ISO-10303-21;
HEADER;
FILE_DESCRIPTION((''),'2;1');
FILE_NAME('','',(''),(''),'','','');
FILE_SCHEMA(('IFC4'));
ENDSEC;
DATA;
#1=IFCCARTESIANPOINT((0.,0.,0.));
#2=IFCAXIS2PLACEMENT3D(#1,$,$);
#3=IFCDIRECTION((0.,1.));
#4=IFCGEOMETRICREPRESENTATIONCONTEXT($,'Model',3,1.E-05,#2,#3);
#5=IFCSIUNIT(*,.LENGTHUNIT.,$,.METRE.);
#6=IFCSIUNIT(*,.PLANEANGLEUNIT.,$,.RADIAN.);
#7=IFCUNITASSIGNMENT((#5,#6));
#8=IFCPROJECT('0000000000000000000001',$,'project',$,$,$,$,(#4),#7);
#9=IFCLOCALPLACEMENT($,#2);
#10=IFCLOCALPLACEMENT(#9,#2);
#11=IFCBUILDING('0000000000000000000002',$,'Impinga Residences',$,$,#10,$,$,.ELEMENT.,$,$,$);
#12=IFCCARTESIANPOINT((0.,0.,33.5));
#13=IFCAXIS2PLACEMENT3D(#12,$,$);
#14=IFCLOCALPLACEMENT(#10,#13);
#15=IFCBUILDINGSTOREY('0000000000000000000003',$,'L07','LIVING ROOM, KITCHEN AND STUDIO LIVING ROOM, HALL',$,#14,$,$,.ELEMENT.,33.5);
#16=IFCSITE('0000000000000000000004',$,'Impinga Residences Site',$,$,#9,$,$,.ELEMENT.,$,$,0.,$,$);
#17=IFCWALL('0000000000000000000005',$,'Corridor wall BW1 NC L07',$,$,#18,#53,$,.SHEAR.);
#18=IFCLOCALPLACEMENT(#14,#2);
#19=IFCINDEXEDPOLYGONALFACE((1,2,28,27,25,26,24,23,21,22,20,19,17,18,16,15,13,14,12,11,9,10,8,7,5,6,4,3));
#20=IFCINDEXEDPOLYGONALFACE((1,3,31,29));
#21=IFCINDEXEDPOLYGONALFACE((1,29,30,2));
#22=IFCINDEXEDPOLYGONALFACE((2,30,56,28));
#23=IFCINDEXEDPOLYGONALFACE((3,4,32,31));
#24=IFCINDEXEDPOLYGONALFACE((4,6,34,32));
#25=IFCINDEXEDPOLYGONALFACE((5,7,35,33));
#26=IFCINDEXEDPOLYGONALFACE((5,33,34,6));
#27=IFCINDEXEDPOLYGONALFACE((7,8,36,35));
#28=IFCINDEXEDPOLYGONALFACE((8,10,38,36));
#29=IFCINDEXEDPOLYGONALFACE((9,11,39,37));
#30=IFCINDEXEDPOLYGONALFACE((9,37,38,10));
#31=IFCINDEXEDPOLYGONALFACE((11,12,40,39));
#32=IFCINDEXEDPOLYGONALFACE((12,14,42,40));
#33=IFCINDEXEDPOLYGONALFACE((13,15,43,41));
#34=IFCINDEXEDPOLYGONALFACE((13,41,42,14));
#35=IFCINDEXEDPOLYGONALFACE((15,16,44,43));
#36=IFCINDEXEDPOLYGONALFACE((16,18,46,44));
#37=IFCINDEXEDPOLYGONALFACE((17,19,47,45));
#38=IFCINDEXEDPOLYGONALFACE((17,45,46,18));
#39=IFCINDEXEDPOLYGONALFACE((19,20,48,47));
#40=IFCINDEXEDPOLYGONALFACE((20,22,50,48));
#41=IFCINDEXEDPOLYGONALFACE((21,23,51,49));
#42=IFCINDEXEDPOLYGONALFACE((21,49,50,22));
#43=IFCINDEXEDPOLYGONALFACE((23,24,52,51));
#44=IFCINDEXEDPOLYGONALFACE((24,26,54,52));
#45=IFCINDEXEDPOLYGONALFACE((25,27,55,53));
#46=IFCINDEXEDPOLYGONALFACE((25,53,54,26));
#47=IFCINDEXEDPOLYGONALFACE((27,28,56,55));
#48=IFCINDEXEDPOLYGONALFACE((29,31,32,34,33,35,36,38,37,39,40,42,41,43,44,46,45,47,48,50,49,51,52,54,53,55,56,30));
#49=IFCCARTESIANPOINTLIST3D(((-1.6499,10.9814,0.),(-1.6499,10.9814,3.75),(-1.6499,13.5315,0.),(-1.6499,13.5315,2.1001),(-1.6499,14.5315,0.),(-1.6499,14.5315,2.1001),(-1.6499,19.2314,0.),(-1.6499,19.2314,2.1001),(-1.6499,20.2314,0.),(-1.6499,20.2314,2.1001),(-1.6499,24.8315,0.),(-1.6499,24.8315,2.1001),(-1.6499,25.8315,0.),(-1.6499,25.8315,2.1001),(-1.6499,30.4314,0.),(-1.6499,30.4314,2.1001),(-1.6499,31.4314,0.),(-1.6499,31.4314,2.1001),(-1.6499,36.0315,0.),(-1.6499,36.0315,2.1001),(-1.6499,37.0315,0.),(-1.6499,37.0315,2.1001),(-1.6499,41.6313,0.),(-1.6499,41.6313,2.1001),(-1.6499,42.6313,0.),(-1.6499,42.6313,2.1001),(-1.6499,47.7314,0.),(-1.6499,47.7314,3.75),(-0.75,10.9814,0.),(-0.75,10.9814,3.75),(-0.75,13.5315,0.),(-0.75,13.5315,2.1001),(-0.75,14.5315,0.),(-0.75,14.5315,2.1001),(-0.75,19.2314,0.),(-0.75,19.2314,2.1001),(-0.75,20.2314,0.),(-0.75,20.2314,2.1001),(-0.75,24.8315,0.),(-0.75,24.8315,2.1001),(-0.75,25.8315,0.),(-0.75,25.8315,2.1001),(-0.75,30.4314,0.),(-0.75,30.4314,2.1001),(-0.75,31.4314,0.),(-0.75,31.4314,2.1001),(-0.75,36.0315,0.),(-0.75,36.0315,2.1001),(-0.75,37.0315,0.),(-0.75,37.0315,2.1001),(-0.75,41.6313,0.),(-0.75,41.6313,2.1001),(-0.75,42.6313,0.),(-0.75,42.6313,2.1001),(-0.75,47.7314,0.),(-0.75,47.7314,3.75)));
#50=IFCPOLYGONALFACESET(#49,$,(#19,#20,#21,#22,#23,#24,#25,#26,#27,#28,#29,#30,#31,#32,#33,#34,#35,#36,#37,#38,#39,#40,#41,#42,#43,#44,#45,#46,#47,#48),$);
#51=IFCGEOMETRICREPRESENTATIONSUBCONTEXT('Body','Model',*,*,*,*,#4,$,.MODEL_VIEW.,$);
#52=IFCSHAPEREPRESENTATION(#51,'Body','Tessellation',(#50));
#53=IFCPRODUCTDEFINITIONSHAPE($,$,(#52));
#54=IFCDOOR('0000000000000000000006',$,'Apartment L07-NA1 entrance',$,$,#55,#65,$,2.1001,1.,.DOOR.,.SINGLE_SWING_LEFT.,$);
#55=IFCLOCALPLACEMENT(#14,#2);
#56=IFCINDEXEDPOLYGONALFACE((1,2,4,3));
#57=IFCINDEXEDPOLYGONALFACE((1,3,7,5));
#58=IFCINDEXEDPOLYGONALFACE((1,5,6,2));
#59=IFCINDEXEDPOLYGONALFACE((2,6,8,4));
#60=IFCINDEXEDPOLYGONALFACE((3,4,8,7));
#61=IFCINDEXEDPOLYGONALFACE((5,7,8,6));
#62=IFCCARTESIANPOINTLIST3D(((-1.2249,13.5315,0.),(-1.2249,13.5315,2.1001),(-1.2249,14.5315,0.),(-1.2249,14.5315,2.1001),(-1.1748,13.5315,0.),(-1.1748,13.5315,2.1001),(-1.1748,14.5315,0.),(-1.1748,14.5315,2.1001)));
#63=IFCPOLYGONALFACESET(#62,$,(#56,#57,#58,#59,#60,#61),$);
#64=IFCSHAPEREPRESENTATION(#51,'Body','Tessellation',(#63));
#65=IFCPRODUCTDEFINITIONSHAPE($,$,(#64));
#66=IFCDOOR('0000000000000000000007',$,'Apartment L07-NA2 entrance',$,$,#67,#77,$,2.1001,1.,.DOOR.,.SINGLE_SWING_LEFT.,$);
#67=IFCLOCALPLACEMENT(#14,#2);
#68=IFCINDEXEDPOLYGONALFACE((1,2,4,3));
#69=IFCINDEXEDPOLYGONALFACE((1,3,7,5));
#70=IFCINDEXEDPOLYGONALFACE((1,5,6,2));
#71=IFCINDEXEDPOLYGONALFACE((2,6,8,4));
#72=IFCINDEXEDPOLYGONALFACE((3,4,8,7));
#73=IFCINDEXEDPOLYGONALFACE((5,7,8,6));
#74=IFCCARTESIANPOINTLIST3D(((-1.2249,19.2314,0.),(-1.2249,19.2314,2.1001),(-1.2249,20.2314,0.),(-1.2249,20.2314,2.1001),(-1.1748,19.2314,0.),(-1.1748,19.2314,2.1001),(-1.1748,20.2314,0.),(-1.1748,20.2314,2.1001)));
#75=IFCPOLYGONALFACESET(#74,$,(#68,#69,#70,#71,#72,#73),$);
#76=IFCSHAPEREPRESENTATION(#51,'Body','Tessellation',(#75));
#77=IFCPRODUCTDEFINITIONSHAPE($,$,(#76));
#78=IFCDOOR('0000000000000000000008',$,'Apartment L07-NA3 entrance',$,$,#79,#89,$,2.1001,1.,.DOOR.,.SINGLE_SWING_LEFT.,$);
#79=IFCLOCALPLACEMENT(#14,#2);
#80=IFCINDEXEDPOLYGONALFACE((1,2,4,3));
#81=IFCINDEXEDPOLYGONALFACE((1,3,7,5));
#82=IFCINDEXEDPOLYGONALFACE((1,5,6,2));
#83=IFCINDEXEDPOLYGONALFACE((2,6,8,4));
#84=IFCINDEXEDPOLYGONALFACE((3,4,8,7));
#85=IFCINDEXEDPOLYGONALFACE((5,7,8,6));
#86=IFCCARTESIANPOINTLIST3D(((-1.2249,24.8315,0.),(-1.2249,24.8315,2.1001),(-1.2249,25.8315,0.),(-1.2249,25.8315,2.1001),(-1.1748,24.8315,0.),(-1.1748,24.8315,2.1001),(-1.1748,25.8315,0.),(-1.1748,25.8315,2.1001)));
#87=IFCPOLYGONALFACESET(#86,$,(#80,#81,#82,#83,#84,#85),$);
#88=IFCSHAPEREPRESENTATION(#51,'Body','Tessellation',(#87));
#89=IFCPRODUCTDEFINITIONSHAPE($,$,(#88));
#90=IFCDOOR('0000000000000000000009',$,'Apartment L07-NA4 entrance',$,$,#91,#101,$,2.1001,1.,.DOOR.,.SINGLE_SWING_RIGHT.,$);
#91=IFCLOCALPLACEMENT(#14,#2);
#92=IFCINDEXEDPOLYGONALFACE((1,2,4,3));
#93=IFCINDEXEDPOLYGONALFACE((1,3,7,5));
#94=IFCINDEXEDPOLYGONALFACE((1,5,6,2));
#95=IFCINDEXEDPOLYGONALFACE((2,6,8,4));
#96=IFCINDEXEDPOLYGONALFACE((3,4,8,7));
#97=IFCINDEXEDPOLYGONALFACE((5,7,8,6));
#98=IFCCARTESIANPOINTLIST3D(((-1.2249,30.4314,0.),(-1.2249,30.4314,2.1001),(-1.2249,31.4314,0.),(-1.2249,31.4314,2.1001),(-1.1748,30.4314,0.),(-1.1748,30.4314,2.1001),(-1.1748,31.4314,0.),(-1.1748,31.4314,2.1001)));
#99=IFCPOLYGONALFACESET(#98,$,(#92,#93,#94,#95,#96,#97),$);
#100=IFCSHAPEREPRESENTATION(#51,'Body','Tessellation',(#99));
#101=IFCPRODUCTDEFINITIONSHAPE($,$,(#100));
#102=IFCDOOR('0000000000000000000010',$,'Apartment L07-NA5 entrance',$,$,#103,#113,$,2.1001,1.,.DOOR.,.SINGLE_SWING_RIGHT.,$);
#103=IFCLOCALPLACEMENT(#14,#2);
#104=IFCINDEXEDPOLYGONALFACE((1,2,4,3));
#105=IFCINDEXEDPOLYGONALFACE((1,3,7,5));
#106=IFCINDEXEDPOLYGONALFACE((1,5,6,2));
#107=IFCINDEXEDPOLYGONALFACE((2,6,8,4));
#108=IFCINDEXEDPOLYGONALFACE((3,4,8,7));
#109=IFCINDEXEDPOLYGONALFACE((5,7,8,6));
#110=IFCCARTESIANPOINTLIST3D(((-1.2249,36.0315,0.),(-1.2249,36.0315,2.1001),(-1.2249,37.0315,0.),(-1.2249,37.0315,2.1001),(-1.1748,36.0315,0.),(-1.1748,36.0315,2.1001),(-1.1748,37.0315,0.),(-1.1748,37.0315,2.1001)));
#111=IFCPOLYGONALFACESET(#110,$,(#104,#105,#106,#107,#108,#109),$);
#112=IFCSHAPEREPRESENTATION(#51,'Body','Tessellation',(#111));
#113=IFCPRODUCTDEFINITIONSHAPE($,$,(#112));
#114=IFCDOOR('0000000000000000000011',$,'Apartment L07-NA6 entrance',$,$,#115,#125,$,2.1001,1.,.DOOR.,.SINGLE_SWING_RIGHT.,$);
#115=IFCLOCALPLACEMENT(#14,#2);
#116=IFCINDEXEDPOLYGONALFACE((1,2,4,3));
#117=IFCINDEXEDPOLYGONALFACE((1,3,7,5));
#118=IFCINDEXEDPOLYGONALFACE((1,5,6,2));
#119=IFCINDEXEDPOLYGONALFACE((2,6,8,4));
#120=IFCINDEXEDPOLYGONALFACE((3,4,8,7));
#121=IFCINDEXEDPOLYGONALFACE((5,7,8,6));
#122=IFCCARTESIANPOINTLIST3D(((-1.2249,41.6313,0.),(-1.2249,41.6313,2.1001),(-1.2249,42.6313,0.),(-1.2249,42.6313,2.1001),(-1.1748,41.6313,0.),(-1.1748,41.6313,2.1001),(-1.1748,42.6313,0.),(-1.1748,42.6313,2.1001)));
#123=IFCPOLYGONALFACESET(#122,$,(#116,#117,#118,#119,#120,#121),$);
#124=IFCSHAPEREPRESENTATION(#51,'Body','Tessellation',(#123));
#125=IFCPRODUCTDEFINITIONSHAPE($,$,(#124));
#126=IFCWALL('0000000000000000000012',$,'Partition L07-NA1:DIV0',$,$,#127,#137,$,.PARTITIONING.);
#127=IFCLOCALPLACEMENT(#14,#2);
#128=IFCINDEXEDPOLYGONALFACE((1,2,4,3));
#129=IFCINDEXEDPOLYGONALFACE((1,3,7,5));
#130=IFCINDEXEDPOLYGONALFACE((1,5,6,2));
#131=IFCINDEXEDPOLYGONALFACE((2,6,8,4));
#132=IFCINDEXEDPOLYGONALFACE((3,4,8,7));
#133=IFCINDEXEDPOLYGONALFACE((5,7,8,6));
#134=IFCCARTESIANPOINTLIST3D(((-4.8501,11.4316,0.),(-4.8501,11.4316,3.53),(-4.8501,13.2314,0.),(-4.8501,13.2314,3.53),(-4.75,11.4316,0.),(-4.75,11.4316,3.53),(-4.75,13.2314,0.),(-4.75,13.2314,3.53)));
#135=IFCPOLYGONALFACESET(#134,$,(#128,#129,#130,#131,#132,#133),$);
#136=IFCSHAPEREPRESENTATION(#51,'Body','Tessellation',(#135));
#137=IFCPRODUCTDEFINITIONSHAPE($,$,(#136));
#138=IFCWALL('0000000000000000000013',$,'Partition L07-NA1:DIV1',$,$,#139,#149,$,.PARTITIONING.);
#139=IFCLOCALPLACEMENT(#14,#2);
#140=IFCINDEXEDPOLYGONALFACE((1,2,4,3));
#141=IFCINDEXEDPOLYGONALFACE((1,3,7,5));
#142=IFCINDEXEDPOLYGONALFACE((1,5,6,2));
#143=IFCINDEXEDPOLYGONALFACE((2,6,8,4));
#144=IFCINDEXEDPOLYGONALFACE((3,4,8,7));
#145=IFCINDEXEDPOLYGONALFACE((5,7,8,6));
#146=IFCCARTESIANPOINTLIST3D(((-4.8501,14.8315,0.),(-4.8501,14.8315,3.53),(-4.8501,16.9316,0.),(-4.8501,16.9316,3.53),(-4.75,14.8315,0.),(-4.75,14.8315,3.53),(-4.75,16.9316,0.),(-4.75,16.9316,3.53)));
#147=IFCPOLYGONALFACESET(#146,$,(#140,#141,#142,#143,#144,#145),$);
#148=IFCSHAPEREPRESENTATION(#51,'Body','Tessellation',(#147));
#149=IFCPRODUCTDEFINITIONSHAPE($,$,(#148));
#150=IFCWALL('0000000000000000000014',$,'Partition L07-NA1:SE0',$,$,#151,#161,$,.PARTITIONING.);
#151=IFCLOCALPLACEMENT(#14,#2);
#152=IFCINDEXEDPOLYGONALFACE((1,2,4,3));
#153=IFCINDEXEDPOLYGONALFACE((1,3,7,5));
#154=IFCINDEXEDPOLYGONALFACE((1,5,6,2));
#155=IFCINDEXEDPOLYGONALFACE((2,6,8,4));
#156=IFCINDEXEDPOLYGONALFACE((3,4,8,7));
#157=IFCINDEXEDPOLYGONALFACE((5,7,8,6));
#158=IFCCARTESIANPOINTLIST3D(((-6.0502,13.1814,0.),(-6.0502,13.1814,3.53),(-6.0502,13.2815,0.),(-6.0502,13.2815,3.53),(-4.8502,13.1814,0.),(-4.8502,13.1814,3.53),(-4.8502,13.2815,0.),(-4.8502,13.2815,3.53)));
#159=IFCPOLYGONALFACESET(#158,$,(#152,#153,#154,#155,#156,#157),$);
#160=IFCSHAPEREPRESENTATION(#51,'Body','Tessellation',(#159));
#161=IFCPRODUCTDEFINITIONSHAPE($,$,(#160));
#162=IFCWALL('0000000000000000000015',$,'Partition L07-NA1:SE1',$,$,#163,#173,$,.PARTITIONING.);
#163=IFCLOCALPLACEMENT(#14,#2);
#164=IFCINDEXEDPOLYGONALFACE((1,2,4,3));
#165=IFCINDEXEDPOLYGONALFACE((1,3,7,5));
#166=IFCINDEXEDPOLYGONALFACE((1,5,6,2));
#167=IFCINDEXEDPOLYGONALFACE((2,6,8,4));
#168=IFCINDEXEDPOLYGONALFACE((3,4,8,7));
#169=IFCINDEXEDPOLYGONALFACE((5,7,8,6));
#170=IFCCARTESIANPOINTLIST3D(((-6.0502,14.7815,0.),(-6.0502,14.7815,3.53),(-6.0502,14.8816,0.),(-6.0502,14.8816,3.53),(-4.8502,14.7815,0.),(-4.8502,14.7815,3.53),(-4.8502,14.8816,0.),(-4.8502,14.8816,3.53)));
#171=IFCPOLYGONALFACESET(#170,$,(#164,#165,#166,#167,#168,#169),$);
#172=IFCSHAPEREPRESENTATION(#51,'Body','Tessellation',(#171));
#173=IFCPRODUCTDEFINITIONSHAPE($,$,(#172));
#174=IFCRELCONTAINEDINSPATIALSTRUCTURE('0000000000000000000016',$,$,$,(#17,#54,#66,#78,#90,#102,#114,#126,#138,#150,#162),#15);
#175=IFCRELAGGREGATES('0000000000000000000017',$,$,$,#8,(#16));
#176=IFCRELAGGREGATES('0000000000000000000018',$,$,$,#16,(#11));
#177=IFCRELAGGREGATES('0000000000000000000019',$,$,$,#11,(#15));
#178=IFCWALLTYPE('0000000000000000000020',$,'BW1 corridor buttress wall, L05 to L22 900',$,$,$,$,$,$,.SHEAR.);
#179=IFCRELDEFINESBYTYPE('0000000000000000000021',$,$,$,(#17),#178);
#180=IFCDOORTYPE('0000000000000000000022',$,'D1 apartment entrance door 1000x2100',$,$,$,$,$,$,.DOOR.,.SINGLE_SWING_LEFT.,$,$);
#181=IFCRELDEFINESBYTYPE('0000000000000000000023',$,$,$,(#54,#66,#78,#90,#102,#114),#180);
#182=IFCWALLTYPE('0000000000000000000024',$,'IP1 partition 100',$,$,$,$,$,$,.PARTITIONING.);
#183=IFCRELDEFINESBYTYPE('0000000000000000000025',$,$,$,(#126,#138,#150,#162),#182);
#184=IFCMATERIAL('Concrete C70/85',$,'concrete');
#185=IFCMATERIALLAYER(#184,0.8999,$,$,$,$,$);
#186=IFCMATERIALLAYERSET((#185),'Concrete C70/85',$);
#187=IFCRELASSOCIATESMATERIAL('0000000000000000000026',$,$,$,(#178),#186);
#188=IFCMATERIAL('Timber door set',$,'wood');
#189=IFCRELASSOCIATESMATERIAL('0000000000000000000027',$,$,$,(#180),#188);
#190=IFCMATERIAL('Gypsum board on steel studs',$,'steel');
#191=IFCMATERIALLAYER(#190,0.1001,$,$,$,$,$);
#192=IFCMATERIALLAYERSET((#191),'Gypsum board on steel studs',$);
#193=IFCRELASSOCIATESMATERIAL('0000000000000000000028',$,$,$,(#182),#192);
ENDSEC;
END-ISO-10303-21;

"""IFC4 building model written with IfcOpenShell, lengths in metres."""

from ifc_helpers import new_model, si_unit, direction, frame, frame_2d, origin, place, context, subcontext, project, spatial, rectangle, extrude, material, layer, layer_set, type_object, element, fill, save


model = new_model("IFC4")

# Units and contexts
model_context = context("Model", 3, precision=1e-05, world=origin(), true_north=direction((0.0, 1.0)))
body_context = subcontext(model_context, "Body", "Model", "MODEL_VIEW")
ifc_project = project(units=[si_unit("LENGTHUNIT", "METRE"), si_unit("PLANEANGLEUNIT", "RADIAN")], contexts=[model_context])

# Site, building, storey
site_placement = place(None, origin())
site = spatial("IfcSite", under=ifc_project, at=site_placement, Name="Impinga Residences Site", CompositionType="ELEMENT", RefElevation=0.0)
building_placement = place(site_placement, origin())
building = spatial("IfcBuilding", under=site, at=building_placement, Name="Impinga Residences", CompositionType="ELEMENT")
storey_placement = place(building_placement, frame((0.0, 0.0, 33.5)))
storey = spatial("IfcBuildingStorey", under=building, at=storey_placement, Name="L07", Description="LIVING ROOM, KITCHEN AND STUDIO LIVING ROOM, HALL", CompositionType="ELEMENT", Elevation=33.5)

# Wall, openings, doors
ifc_material_1 = material(Name="Concrete C70/85", Category="concrete")
ifc_layer_1 = layer(ifc_material_1, 0.8999)
ifc_layer_set_1 = layer_set([ifc_layer_1], Name="Concrete C70/85")
wall_type_1 = type_object("IfcWallType", Name="BW1 corridor buttress wall, L05 to L22 900", PredefinedType="SHEAR", material=ifc_layer_set_1)
wall_1_placement = place(storey_placement, frame((-1.2, 10.9814, 0.0), z_axis=(0.0, 0.0, 1.0), x_axis=(0.0, 1.0, 0.0)))
wall_1 = element("IfcWall", 1, at=wall_1_placement, inside=storey, type_object=wall_type_1, Name="Corridor wall BW1 NC L07", PredefinedType="SHEAR", context=body_context, shape_type="SweptSolid", body=[
    extrude(rectangle(XDim=36.75, YDim=0.8999, at=frame_2d((18.375, 0.0))), origin(), (0.0, 0.0, 1.0), 3.75),
])
opening_1_placement = place(wall_1_placement, frame((2.55, 0.0, 0.0)))
opening_1 = element("IfcOpeningElement", 2, at=opening_1_placement, cuts=wall_1, PredefinedType="OPENING", context=body_context, shape_type="SweptSolid", body=[
    extrude(rectangle(XDim=1.0, YDim=2.1001, at=frame_2d((0.5, 1.05))), frame((0.0, 0.46, 0.0), z_axis=(0.0, -1.0, 0.0), x_axis=(1.0, 0.0, 0.0)), (0.0, 0.0, 1.0), 0.9199),
])
opening_2_placement = place(wall_1_placement, frame((8.25, 0.0, 0.0)))
opening_2 = element("IfcOpeningElement", 3, at=opening_2_placement, cuts=wall_1, PredefinedType="OPENING", context=body_context, shape_type="SweptSolid", body=[
    extrude(rectangle(XDim=1.0, YDim=2.1001, at=frame_2d((0.5, 1.05))), frame((0.0, 0.46, 0.0), z_axis=(0.0, -1.0, 0.0), x_axis=(1.0, 0.0, 0.0)), (0.0, 0.0, 1.0), 0.9199),
])
opening_3_placement = place(wall_1_placement, frame((13.8501, 0.0, 0.0)))
opening_3 = element("IfcOpeningElement", 4, at=opening_3_placement, cuts=wall_1, PredefinedType="OPENING", context=body_context, shape_type="SweptSolid", body=[
    extrude(rectangle(XDim=1.0, YDim=2.1001, at=frame_2d((0.5, 1.05))), frame((0.0, 0.46, 0.0), z_axis=(0.0, -1.0, 0.0), x_axis=(1.0, 0.0, 0.0)), (0.0, 0.0, 1.0), 0.9199),
])
opening_4_placement = place(wall_1_placement, frame((19.45, 0.0, 0.0)))
opening_4 = element("IfcOpeningElement", 5, at=opening_4_placement, cuts=wall_1, PredefinedType="OPENING", context=body_context, shape_type="SweptSolid", body=[
    extrude(rectangle(XDim=1.0, YDim=2.1001, at=frame_2d((0.5, 1.05))), frame((0.0, 0.46, 0.0), z_axis=(0.0, -1.0, 0.0), x_axis=(1.0, 0.0, 0.0)), (0.0, 0.0, 1.0), 0.9199),
])
opening_5_placement = place(wall_1_placement, frame((25.05, 0.0, 0.0)))
opening_5 = element("IfcOpeningElement", 6, at=opening_5_placement, cuts=wall_1, PredefinedType="OPENING", context=body_context, shape_type="SweptSolid", body=[
    extrude(rectangle(XDim=1.0, YDim=2.1001, at=frame_2d((0.5, 1.05))), frame((0.0, 0.46, 0.0), z_axis=(0.0, -1.0, 0.0), x_axis=(1.0, 0.0, 0.0)), (0.0, 0.0, 1.0), 0.9199),
])
opening_6_placement = place(wall_1_placement, frame((30.6499, 0.0, 0.0)))
opening_6 = element("IfcOpeningElement", 7, at=opening_6_placement, cuts=wall_1, PredefinedType="OPENING", context=body_context, shape_type="SweptSolid", body=[
    extrude(rectangle(XDim=1.0, YDim=2.1001, at=frame_2d((0.5, 1.05))), frame((0.0, 0.46, 0.0), z_axis=(0.0, -1.0, 0.0), x_axis=(1.0, 0.0, 0.0)), (0.0, 0.0, 1.0), 0.9199),
])
ifc_material_2 = material(Name="Timber door set", Category="wood")
door_type_1 = type_object("IfcDoorType", Name="D1 apartment entrance door 1000x2100", OperationType="SINGLE_SWING_LEFT", PredefinedType="DOOR", material=ifc_material_2)
door_1_placement = place(opening_1_placement, origin())
door_1 = element("IfcDoor", 8, at=door_1_placement, inside=storey, type_object=door_type_1, Name="Apartment L07-NA1 entrance", OperationType="SINGLE_SWING_LEFT", OverallHeight=2.1001, OverallWidth=1.0, PredefinedType="DOOR", context=body_context, shape_type="SweptSolid", body=[
    extrude(rectangle(XDim=1.0, YDim=2.1001, at=frame_2d((0.5, 1.05))), frame((0.0, 0.0249, 0.0), z_axis=(0.0, -1.0, 0.0), x_axis=(1.0, 0.0, 0.0)), (0.0, 0.0, 1.0), 0.05),
])
fill(opening_1, door_1)
door_2_placement = place(opening_2_placement, origin())
door_2 = element("IfcDoor", 9, at=door_2_placement, inside=storey, type_object=door_type_1, Name="Apartment L07-NA2 entrance", OperationType="SINGLE_SWING_LEFT", OverallHeight=2.1001, OverallWidth=1.0, PredefinedType="DOOR", context=body_context, shape_type="SweptSolid", body=[
    extrude(rectangle(XDim=1.0, YDim=2.1001, at=frame_2d((0.5, 1.05))), frame((0.0, 0.0249, 0.0), z_axis=(0.0, -1.0, 0.0), x_axis=(1.0, 0.0, 0.0)), (0.0, 0.0, 1.0), 0.05),
])
fill(opening_2, door_2)
door_3_placement = place(opening_3_placement, origin())
door_3 = element("IfcDoor", 10, at=door_3_placement, inside=storey, type_object=door_type_1, Name="Apartment L07-NA3 entrance", OperationType="SINGLE_SWING_LEFT", OverallHeight=2.1001, OverallWidth=1.0, PredefinedType="DOOR", context=body_context, shape_type="SweptSolid", body=[
    extrude(rectangle(XDim=1.0, YDim=2.1001, at=frame_2d((0.5, 1.05))), frame((0.0, 0.0249, 0.0), z_axis=(0.0, -1.0, 0.0), x_axis=(1.0, 0.0, 0.0)), (0.0, 0.0, 1.0), 0.05),
])
fill(opening_3, door_3)
door_4_placement = place(opening_4_placement, origin())
door_4 = element("IfcDoor", 11, at=door_4_placement, inside=storey, type_object=door_type_1, Name="Apartment L07-NA4 entrance", OperationType="SINGLE_SWING_RIGHT", OverallHeight=2.1001, OverallWidth=1.0, PredefinedType="DOOR", context=body_context, shape_type="SweptSolid", body=[
    extrude(rectangle(XDim=1.0, YDim=2.1001, at=frame_2d((0.5, 1.05))), frame((0.0, 0.0249, 0.0), z_axis=(0.0, -1.0, 0.0), x_axis=(1.0, 0.0, 0.0)), (0.0, 0.0, 1.0), 0.05),
])
fill(opening_4, door_4)
door_5_placement = place(opening_5_placement, origin())
door_5 = element("IfcDoor", 12, at=door_5_placement, inside=storey, type_object=door_type_1, Name="Apartment L07-NA5 entrance", OperationType="SINGLE_SWING_RIGHT", OverallHeight=2.1001, OverallWidth=1.0, PredefinedType="DOOR", context=body_context, shape_type="SweptSolid", body=[
    extrude(rectangle(XDim=1.0, YDim=2.1001, at=frame_2d((0.5, 1.05))), frame((0.0, 0.0249, 0.0), z_axis=(0.0, -1.0, 0.0), x_axis=(1.0, 0.0, 0.0)), (0.0, 0.0, 1.0), 0.05),
])
fill(opening_5, door_5)
door_6_placement = place(opening_6_placement, origin())
door_6 = element("IfcDoor", 13, at=door_6_placement, inside=storey, type_object=door_type_1, Name="Apartment L07-NA6 entrance", OperationType="SINGLE_SWING_RIGHT", OverallHeight=2.1001, OverallWidth=1.0, PredefinedType="DOOR", context=body_context, shape_type="SweptSolid", body=[
    extrude(rectangle(XDim=1.0, YDim=2.1001, at=frame_2d((0.5, 1.05))), frame((0.0, 0.0249, 0.0), z_axis=(0.0, -1.0, 0.0), x_axis=(1.0, 0.0, 0.0)), (0.0, 0.0, 1.0), 0.05),
])
fill(opening_6, door_6)

# Walls
ifc_material_3 = material(Name="Gypsum board on steel studs", Category="steel")
ifc_layer_2 = layer(ifc_material_3, 0.1001)
ifc_layer_set_2 = layer_set([ifc_layer_2], Name="Gypsum board on steel studs")
wall_type_2 = type_object("IfcWallType", Name="IP1 partition 100", PredefinedType="PARTITIONING", material=ifc_layer_set_2)
wall_2_placement = place(storey_placement, frame((-4.8, 11.4316, 0.0), z_axis=(0.0, 0.0, 1.0), x_axis=(0.0, 1.0, 0.0)))
element("IfcWall", 14, at=wall_2_placement, inside=storey, type_object=wall_type_2, Name="Partition L07-NA1:DIV0", PredefinedType="PARTITIONING", context=body_context, shape_type="SweptSolid", body=[
    extrude(rectangle(XDim=1.7998, YDim=0.1001, at=frame_2d((0.8999, 0.0))), origin(), (0.0, 0.0, 1.0), 3.53),
])
wall_3_placement = place(storey_placement, frame((-4.8, 14.8315, 0.0), z_axis=(0.0, 0.0, 1.0), x_axis=(0.0, 1.0, 0.0)))
element("IfcWall", 15, at=wall_3_placement, inside=storey, type_object=wall_type_2, Name="Partition L07-NA1:DIV1", PredefinedType="PARTITIONING", context=body_context, shape_type="SweptSolid", body=[
    extrude(rectangle(XDim=2.1001, YDim=0.1001, at=frame_2d((1.05, 0.0))), origin(), (0.0, 0.0, 1.0), 3.53),
])
for number, where, z_axis, x_axis, name in (
    (16, (-4.8501, 13.2314, 0.0), (0.0, 0.0, 1.0), (-1.0, 0.0, 0.0), "Partition L07-NA1:SE0"),
    (17, (-4.8501, 14.8315, 0.0), (0.0, 0.0, 1.0), (-1.0, 0.0, 0.0), "Partition L07-NA1:SE1"),
):
    element("IfcWall", number, at=place(storey_placement, frame(where, z_axis=z_axis, x_axis=x_axis)), inside=storey, type_object=wall_type_2, Name=name, PredefinedType="PARTITIONING", context=body_context, shape_type="SweptSolid", body=[
        extrude(rectangle(XDim=1.2, YDim=0.1001, at=frame_2d((0.6001, 0.0))), origin(), (0.0, 0.0, 1.0), 3.53),
    ])

save(model, "model.ifc")
